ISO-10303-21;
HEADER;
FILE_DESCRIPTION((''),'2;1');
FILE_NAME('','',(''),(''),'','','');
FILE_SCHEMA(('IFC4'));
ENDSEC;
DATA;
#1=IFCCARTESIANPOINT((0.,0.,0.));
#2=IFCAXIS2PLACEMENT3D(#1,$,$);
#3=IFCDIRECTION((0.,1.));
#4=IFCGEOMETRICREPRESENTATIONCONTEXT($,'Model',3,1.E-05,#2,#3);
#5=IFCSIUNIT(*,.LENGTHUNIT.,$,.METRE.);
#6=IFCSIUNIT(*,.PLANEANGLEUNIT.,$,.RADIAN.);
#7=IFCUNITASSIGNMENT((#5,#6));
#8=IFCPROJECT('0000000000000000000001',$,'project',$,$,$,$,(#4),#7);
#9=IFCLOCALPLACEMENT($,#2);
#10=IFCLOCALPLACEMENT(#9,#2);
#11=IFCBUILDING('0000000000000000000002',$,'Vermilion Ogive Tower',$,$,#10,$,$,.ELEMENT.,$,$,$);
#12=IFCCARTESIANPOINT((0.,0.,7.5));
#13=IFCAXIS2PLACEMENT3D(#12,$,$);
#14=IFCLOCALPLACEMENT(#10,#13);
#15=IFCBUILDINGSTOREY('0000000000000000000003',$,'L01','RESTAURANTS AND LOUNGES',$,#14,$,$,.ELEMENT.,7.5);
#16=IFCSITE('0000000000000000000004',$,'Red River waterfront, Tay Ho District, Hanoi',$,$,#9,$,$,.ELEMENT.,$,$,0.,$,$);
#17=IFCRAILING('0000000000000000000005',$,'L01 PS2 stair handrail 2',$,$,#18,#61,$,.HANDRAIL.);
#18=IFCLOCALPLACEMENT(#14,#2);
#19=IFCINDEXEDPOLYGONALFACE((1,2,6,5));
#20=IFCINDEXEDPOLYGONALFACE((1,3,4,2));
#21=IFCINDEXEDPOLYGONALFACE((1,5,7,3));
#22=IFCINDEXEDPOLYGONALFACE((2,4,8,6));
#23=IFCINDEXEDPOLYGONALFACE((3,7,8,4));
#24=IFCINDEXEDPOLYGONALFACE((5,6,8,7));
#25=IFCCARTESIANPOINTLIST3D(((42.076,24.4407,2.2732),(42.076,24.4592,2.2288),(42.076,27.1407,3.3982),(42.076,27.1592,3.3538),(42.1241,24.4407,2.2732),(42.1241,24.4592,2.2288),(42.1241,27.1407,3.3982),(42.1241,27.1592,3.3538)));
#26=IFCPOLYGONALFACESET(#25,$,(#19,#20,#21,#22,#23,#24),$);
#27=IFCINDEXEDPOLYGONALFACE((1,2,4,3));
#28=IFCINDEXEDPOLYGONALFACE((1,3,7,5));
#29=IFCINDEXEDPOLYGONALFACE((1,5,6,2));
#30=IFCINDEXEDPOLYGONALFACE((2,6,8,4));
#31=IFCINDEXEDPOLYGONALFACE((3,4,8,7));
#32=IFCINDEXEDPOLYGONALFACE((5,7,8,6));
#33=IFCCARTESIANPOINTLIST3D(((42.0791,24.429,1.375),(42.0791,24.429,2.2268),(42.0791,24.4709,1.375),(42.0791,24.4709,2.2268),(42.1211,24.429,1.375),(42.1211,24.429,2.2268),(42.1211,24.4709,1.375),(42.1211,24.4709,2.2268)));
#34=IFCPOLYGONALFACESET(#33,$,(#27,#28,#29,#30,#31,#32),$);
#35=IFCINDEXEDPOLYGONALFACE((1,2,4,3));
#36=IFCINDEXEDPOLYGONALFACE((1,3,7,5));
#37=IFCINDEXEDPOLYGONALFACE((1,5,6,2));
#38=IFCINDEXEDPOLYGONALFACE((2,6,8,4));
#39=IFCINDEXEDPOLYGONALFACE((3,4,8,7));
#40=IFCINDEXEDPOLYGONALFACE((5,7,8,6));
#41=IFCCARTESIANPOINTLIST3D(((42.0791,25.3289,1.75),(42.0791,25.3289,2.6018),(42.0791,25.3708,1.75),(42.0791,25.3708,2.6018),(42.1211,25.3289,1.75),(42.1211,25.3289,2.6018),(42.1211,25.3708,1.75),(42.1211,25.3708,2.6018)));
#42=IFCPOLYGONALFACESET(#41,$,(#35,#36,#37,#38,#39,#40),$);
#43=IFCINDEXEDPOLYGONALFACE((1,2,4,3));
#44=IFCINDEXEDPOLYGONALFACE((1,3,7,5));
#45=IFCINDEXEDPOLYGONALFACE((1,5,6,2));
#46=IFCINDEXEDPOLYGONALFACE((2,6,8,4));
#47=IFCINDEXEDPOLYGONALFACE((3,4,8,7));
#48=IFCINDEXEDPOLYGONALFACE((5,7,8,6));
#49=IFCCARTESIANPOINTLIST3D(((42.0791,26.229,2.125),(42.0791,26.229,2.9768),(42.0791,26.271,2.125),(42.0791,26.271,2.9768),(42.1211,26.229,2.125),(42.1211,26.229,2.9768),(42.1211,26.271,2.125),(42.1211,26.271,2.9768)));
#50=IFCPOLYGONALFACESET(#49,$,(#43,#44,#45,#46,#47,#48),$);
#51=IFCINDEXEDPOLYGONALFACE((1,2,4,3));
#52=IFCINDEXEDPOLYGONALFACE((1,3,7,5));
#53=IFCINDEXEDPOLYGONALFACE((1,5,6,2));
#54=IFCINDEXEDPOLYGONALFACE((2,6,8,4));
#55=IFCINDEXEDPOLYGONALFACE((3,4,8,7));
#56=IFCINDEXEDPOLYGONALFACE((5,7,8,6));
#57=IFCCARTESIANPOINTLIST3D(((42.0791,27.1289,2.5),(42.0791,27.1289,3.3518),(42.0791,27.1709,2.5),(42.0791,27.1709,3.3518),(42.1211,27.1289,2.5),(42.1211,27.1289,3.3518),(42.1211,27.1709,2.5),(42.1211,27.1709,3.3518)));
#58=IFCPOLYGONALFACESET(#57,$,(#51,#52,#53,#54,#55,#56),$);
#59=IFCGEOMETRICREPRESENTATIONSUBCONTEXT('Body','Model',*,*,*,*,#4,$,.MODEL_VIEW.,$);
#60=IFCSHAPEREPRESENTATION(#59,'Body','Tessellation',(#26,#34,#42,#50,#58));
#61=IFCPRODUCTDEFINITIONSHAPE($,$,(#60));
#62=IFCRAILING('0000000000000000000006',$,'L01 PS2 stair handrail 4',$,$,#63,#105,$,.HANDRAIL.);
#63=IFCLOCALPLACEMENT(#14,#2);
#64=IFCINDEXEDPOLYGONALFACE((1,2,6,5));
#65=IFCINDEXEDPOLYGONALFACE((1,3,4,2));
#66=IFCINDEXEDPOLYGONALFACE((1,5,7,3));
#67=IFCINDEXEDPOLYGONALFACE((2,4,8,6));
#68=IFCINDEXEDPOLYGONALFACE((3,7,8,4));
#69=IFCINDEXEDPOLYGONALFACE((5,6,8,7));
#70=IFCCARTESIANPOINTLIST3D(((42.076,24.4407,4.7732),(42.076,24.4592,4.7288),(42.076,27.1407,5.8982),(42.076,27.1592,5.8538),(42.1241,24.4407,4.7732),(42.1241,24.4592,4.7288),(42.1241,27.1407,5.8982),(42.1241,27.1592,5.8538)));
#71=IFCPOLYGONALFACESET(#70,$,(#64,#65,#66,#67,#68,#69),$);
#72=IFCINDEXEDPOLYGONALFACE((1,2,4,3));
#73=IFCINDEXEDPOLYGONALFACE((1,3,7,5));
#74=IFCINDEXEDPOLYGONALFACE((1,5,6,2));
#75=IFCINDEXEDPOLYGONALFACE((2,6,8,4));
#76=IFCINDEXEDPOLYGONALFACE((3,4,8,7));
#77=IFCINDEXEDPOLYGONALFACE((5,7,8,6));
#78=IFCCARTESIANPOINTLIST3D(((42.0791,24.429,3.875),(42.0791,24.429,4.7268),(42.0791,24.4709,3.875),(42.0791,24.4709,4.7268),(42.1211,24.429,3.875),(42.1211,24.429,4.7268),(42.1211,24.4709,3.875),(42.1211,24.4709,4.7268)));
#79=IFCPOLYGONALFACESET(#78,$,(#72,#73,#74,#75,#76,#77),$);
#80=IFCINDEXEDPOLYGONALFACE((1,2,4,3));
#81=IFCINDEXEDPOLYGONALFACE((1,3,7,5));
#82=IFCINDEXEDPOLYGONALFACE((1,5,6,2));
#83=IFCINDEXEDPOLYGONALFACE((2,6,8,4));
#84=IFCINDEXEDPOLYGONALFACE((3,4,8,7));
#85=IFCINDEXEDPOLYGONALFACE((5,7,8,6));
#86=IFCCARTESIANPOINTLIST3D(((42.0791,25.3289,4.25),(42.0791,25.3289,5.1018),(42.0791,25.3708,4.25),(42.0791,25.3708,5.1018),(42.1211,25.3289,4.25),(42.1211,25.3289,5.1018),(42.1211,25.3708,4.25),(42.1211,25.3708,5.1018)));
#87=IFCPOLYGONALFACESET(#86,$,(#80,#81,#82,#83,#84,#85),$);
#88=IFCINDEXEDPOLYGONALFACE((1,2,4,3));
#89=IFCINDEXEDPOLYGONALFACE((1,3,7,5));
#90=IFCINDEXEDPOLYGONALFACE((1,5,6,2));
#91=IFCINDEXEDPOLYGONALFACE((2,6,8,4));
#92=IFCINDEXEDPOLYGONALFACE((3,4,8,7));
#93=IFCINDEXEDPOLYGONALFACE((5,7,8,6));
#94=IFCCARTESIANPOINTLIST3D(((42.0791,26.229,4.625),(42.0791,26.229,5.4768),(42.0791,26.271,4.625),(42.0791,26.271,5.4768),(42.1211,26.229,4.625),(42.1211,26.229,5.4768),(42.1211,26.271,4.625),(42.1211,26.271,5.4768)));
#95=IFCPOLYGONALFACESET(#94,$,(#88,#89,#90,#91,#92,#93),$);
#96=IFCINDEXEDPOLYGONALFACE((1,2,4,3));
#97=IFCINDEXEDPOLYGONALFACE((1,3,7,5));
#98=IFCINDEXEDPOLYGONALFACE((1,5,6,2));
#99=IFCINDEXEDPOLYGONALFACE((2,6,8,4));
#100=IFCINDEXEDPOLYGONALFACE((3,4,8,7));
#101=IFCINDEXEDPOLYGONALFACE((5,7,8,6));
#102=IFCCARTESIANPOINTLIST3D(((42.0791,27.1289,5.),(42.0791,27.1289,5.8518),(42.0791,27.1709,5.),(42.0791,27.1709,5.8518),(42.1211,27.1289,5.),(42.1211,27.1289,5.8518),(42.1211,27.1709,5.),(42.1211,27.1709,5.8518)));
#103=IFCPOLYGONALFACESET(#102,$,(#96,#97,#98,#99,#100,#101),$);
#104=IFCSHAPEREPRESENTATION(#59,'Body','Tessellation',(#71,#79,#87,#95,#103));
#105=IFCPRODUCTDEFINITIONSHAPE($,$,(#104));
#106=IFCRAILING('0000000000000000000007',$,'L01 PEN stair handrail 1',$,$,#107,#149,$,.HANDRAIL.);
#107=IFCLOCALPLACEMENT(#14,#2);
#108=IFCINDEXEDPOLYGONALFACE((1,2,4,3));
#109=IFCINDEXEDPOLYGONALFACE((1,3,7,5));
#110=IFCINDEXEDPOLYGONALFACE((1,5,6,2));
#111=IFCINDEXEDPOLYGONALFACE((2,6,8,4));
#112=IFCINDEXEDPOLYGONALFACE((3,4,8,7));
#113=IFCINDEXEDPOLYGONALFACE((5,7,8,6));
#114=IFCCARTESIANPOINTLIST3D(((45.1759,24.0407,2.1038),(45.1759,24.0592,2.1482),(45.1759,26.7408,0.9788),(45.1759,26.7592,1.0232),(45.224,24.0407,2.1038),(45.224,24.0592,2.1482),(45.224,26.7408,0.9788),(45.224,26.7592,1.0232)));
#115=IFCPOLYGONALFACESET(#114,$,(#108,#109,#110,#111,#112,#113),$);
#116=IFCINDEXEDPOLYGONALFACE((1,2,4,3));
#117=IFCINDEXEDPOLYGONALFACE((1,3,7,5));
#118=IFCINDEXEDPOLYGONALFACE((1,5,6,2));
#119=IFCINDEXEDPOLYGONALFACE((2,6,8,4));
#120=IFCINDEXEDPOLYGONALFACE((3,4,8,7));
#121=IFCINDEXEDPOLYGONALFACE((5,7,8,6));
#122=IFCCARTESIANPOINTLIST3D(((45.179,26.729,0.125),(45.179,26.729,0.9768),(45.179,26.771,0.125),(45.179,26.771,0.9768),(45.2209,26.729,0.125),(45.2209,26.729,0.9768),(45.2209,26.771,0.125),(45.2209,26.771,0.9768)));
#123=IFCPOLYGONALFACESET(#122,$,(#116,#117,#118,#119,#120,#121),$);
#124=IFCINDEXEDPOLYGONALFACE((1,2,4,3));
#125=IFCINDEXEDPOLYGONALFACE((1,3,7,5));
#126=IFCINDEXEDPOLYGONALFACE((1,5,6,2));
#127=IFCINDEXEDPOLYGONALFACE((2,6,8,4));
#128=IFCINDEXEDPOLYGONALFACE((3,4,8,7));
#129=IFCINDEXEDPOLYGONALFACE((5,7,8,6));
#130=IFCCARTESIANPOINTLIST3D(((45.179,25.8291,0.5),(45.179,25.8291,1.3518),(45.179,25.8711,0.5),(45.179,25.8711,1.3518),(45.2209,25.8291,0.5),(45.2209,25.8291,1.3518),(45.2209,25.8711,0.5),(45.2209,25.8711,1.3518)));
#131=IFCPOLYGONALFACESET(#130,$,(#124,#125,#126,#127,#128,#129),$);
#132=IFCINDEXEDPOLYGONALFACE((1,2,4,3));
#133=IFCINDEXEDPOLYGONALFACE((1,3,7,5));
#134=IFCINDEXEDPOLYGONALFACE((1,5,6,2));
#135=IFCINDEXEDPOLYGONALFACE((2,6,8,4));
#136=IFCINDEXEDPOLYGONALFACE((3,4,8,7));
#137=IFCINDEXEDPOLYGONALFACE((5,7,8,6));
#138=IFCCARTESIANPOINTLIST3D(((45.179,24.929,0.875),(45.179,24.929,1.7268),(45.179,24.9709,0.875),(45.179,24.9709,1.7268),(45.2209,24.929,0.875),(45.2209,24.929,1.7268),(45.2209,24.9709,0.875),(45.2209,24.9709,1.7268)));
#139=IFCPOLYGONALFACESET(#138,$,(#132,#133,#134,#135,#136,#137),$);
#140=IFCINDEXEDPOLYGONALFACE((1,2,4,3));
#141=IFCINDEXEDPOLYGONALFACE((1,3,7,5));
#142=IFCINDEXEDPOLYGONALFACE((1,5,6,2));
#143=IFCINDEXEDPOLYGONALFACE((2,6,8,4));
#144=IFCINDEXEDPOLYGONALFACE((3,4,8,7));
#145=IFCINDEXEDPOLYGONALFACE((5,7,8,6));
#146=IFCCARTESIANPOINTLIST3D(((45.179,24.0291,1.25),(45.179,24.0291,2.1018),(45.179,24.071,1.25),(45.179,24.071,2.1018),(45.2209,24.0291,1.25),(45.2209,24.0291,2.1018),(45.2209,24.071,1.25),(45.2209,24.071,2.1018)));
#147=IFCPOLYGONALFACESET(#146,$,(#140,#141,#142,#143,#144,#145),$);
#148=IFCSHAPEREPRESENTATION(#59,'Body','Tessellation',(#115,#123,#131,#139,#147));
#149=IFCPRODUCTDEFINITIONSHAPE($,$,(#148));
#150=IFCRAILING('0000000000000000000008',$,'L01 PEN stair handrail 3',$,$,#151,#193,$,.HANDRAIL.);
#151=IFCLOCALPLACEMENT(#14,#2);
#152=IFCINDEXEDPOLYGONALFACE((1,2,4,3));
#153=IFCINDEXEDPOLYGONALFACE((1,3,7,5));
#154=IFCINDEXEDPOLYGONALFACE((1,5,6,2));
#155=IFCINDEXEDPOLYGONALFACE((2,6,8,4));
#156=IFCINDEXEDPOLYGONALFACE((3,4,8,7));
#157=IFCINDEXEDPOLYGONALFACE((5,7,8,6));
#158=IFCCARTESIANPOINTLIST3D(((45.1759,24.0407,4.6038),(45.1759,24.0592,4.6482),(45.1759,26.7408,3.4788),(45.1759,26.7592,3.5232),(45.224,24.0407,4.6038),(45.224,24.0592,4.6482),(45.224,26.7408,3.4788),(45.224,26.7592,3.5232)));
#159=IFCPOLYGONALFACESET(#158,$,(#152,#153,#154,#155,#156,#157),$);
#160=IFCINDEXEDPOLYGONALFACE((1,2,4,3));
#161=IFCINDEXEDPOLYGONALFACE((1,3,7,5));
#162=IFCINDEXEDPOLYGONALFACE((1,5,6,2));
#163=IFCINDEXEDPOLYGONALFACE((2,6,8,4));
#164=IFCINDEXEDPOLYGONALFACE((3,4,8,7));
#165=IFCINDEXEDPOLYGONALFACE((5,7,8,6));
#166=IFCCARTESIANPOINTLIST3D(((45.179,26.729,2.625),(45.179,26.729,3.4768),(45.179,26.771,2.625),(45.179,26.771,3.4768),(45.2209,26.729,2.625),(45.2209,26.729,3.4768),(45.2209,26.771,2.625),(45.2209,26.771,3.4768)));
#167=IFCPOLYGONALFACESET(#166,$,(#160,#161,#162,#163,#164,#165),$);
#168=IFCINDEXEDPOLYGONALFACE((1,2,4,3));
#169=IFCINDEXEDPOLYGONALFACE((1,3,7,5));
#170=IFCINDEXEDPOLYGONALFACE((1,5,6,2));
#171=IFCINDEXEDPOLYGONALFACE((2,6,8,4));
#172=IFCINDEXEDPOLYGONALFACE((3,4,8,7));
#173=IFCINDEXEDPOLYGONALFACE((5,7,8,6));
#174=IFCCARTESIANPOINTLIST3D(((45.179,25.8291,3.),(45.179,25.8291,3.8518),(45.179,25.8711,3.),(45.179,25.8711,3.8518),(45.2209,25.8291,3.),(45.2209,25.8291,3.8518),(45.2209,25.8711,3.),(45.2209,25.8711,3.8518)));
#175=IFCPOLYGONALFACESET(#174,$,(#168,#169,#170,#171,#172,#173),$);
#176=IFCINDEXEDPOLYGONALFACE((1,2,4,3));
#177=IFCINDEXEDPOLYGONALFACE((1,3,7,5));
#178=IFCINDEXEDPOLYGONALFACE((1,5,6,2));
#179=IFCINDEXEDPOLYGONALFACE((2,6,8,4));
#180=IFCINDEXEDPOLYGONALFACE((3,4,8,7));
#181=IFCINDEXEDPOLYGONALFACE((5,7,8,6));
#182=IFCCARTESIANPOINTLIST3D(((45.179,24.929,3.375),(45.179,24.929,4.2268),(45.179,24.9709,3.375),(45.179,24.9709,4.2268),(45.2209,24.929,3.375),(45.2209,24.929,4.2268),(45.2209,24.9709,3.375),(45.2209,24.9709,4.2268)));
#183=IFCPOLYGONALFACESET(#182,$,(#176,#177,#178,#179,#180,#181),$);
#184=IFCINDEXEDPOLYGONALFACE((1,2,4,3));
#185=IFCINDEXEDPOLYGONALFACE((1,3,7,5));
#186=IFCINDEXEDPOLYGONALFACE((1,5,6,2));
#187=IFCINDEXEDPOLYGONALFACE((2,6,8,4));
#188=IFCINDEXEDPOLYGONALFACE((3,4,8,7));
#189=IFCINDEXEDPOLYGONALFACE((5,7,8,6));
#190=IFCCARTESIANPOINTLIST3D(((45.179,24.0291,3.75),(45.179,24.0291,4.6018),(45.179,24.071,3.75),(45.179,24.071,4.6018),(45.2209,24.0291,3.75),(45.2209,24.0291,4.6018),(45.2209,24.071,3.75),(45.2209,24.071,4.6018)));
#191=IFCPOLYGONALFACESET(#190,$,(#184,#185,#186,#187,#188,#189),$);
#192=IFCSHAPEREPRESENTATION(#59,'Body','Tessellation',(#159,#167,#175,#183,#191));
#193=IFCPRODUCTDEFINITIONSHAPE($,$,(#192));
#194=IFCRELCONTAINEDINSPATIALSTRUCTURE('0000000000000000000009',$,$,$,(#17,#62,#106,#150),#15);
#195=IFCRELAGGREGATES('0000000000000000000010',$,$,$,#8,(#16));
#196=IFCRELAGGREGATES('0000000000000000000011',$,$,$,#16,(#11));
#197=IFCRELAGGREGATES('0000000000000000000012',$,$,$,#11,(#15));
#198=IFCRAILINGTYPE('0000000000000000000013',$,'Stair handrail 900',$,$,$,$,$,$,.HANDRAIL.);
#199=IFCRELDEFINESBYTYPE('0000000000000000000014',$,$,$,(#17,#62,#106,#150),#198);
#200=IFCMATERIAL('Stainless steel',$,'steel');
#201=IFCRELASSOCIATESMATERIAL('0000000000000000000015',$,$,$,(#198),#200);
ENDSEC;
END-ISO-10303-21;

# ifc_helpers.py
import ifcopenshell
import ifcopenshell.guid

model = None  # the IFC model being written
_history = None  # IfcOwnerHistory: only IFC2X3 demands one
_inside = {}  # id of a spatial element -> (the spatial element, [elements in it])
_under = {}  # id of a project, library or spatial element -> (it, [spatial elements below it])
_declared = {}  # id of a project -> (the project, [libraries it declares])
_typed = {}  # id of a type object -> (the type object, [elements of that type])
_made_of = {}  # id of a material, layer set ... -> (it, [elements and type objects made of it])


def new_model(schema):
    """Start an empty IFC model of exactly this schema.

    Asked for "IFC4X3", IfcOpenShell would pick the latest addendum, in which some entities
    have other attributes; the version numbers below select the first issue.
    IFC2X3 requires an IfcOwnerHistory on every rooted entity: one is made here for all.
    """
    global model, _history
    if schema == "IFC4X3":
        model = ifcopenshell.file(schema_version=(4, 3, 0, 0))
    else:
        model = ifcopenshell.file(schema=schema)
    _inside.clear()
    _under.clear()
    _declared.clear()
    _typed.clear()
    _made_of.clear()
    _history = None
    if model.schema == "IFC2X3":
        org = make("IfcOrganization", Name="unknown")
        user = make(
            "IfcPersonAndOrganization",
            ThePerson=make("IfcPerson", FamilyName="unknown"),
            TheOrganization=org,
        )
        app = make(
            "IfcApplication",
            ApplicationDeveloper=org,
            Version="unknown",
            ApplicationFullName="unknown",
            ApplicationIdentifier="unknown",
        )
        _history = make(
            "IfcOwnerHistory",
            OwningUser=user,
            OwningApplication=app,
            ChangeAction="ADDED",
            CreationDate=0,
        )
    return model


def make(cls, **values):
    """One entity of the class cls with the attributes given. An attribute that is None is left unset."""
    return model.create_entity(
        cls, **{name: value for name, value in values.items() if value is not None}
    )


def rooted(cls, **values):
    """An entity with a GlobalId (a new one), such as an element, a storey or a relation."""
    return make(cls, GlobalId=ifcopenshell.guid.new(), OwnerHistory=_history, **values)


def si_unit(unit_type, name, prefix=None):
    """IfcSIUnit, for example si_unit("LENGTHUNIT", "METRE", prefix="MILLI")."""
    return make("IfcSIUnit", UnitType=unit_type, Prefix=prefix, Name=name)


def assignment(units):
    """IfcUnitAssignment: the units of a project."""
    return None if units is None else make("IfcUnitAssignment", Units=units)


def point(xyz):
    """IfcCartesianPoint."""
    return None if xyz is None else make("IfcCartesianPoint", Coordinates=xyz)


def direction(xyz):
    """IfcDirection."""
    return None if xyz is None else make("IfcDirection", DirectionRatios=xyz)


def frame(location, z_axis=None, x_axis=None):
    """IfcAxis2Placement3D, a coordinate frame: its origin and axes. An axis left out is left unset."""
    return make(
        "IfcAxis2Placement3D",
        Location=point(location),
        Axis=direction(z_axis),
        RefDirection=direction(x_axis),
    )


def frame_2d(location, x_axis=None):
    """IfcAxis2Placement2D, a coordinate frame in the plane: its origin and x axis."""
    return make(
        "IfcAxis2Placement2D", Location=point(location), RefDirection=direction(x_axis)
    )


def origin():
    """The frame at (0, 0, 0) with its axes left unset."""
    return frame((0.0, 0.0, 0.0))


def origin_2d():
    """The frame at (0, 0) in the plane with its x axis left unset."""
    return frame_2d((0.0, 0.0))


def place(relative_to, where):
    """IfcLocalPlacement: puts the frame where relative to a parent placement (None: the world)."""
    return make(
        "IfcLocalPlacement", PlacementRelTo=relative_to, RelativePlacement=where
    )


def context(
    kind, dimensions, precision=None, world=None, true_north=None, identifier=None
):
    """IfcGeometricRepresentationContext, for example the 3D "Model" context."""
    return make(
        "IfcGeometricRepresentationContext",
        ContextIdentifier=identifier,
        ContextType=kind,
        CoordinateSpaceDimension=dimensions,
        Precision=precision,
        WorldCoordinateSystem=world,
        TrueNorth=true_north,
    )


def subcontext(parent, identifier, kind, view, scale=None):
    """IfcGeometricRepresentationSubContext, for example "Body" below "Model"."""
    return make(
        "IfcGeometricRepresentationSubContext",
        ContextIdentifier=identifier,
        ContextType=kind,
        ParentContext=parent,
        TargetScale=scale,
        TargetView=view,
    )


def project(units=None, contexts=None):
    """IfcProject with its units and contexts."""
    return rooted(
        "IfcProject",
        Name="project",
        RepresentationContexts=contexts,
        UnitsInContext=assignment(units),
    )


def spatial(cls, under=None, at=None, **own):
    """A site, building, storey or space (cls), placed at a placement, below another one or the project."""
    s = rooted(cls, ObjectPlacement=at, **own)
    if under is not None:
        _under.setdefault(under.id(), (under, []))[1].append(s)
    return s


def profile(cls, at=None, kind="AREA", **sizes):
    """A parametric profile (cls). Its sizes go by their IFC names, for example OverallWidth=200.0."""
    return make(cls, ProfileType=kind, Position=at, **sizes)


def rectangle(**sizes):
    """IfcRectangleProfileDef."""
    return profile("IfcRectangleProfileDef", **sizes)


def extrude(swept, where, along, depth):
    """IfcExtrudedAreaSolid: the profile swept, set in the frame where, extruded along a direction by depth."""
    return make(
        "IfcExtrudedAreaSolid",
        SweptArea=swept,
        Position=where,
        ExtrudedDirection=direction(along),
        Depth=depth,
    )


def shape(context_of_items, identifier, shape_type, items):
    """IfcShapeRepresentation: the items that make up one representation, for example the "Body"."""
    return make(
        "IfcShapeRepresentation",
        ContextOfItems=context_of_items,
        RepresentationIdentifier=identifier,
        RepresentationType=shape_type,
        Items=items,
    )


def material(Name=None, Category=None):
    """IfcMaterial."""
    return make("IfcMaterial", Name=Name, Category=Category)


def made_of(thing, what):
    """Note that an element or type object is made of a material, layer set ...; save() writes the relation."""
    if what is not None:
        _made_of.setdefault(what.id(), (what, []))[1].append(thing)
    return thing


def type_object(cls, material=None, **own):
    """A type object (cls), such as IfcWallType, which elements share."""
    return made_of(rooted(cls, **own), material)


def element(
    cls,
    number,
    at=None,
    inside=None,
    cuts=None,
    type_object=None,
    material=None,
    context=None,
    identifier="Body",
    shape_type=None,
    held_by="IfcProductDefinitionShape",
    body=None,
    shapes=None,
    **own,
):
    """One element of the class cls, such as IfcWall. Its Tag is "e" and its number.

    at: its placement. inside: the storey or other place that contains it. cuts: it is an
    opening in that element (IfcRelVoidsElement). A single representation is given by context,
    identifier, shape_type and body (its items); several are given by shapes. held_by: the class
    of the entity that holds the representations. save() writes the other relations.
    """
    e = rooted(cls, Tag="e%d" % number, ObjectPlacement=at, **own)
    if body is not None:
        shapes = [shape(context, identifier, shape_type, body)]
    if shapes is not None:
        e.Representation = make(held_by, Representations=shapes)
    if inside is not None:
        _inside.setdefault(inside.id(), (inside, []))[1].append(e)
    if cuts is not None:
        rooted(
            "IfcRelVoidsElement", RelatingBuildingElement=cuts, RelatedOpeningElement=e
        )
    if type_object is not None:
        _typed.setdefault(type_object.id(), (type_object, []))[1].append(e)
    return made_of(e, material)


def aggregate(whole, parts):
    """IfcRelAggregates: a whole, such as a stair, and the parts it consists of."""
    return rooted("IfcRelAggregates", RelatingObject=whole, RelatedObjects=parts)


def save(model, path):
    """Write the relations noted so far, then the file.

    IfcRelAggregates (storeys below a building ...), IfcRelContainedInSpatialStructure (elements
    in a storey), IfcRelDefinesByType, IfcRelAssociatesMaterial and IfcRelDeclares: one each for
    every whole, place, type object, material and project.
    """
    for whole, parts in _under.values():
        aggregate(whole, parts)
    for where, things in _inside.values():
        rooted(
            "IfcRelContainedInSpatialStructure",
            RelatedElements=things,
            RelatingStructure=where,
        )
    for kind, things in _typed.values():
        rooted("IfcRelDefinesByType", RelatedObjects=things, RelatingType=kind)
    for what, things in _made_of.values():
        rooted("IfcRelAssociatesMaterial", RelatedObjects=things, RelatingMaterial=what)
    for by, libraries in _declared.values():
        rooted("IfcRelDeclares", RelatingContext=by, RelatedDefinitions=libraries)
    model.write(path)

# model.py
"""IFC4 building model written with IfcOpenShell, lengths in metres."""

from ifc_helpers import new_model, si_unit, direction, frame, origin, origin_2d, place, context, subcontext, project, spatial, rectangle, extrude, material, type_object, element, save


model = new_model("IFC4")

# Units and contexts
model_context = context("Model", 3, precision=1e-05, world=origin(), true_north=direction((0.0, 1.0)))
body_context = subcontext(model_context, "Body", "Model", "MODEL_VIEW")
ifc_project = project(units=[si_unit("LENGTHUNIT", "METRE"), si_unit("PLANEANGLEUNIT", "RADIAN")], contexts=[model_context])

# Site, building, storey
site_placement = place(None, origin())
site = spatial("IfcSite", under=ifc_project, at=site_placement, Name="Red River waterfront, Tay Ho District, Hanoi", CompositionType="ELEMENT", RefElevation=0.0)
building_placement = place(site_placement, origin())
building = spatial("IfcBuilding", under=site, at=building_placement, Name="Vermilion Ogive Tower", CompositionType="ELEMENT")
storey_placement = place(building_placement, frame((0.0, 0.0, 7.5)))
storey = spatial("IfcBuildingStorey", under=building, at=storey_placement, Name="L01", Description="RESTAURANTS AND LOUNGES", CompositionType="ELEMENT", Elevation=7.5)

# Railings
ifc_material_1 = material(Name="Stainless steel", Category="steel")
railing_type_1 = type_object("IfcRailingType", Name="Stair handrail 900", PredefinedType="HANDRAIL", material=ifc_material_1)
for number, where, name in (
    (1, (42.1001, 24.45, 1.375), "L01 PS2 stair handrail 2"),
    (2, (42.1001, 24.45, 3.875), "L01 PS2 stair handrail 4"),
):
    element("IfcRailing", number, at=place(storey_placement, frame(where)), inside=storey, type_object=railing_type_1, Name=name, PredefinedType="HANDRAIL", context=body_context, shape_type="SweptSolid", body=[
        extrude(rectangle(XDim=0.0481, YDim=0.0481, at=origin_2d()), frame((0.0, 0.0, 0.876), z_axis=(0.0, 0.923074, 0.384621), x_axis=(-1.0, 0.0, 0.0)), (0.0, 0.0, 1.0), 2.925),
        extrude(rectangle(XDim=0.042, YDim=0.042, at=origin_2d()), origin(), (0.0, 0.0, 1.0), 0.8518),
        extrude(rectangle(XDim=0.042, YDim=0.042, at=origin_2d()), frame((0.0, 0.8999, 0.375)), (0.0, 0.0, 1.0), 0.8518),
        extrude(rectangle(XDim=0.042, YDim=0.042, at=origin_2d()), frame((0.0, 1.8, 0.75)), (0.0, 0.0, 1.0), 0.8518),
        extrude(rectangle(XDim=0.042, YDim=0.042, at=origin_2d()), frame((0.0, 2.7, 1.125)), (0.0, 0.0, 1.0), 0.8518),
    ])
for number, where, name in (
    (3, (45.2, 26.75, 0.125), "L01 PEN stair handrail 1"),
    (4, (45.2, 26.75, 2.625), "L01 PEN stair handrail 3"),
):
    element("IfcRailing", number, at=place(storey_placement, frame(where)), inside=storey, type_object=railing_type_1, Name=name, PredefinedType="HANDRAIL", context=body_context, shape_type="SweptSolid", body=[
        extrude(rectangle(XDim=0.0481, YDim=0.0481, at=origin_2d()), frame((0.0, 0.0, 0.876), z_axis=(0.0, -0.923074, 0.384621), x_axis=(1.0, 0.0, 0.0)), (0.0, 0.0, 1.0), 2.925),
        extrude(rectangle(XDim=0.042, YDim=0.042, at=origin_2d()), origin(), (0.0, 0.0, 1.0), 0.8518),
        extrude(rectangle(XDim=0.042, YDim=0.042, at=origin_2d()), frame((0.0, -0.8999, 0.375)), (0.0, 0.0, 1.0), 0.8518),
        extrude(rectangle(XDim=0.042, YDim=0.042, at=origin_2d()), frame((0.0, -1.8, 0.75)), (0.0, 0.0, 1.0), 0.8518),
        extrude(rectangle(XDim=0.042, YDim=0.042, at=origin_2d()), frame((0.0, -2.7, 1.125)), (0.0, 0.0, 1.0), 0.8518),
    ])

save(model, "model.ifc")
